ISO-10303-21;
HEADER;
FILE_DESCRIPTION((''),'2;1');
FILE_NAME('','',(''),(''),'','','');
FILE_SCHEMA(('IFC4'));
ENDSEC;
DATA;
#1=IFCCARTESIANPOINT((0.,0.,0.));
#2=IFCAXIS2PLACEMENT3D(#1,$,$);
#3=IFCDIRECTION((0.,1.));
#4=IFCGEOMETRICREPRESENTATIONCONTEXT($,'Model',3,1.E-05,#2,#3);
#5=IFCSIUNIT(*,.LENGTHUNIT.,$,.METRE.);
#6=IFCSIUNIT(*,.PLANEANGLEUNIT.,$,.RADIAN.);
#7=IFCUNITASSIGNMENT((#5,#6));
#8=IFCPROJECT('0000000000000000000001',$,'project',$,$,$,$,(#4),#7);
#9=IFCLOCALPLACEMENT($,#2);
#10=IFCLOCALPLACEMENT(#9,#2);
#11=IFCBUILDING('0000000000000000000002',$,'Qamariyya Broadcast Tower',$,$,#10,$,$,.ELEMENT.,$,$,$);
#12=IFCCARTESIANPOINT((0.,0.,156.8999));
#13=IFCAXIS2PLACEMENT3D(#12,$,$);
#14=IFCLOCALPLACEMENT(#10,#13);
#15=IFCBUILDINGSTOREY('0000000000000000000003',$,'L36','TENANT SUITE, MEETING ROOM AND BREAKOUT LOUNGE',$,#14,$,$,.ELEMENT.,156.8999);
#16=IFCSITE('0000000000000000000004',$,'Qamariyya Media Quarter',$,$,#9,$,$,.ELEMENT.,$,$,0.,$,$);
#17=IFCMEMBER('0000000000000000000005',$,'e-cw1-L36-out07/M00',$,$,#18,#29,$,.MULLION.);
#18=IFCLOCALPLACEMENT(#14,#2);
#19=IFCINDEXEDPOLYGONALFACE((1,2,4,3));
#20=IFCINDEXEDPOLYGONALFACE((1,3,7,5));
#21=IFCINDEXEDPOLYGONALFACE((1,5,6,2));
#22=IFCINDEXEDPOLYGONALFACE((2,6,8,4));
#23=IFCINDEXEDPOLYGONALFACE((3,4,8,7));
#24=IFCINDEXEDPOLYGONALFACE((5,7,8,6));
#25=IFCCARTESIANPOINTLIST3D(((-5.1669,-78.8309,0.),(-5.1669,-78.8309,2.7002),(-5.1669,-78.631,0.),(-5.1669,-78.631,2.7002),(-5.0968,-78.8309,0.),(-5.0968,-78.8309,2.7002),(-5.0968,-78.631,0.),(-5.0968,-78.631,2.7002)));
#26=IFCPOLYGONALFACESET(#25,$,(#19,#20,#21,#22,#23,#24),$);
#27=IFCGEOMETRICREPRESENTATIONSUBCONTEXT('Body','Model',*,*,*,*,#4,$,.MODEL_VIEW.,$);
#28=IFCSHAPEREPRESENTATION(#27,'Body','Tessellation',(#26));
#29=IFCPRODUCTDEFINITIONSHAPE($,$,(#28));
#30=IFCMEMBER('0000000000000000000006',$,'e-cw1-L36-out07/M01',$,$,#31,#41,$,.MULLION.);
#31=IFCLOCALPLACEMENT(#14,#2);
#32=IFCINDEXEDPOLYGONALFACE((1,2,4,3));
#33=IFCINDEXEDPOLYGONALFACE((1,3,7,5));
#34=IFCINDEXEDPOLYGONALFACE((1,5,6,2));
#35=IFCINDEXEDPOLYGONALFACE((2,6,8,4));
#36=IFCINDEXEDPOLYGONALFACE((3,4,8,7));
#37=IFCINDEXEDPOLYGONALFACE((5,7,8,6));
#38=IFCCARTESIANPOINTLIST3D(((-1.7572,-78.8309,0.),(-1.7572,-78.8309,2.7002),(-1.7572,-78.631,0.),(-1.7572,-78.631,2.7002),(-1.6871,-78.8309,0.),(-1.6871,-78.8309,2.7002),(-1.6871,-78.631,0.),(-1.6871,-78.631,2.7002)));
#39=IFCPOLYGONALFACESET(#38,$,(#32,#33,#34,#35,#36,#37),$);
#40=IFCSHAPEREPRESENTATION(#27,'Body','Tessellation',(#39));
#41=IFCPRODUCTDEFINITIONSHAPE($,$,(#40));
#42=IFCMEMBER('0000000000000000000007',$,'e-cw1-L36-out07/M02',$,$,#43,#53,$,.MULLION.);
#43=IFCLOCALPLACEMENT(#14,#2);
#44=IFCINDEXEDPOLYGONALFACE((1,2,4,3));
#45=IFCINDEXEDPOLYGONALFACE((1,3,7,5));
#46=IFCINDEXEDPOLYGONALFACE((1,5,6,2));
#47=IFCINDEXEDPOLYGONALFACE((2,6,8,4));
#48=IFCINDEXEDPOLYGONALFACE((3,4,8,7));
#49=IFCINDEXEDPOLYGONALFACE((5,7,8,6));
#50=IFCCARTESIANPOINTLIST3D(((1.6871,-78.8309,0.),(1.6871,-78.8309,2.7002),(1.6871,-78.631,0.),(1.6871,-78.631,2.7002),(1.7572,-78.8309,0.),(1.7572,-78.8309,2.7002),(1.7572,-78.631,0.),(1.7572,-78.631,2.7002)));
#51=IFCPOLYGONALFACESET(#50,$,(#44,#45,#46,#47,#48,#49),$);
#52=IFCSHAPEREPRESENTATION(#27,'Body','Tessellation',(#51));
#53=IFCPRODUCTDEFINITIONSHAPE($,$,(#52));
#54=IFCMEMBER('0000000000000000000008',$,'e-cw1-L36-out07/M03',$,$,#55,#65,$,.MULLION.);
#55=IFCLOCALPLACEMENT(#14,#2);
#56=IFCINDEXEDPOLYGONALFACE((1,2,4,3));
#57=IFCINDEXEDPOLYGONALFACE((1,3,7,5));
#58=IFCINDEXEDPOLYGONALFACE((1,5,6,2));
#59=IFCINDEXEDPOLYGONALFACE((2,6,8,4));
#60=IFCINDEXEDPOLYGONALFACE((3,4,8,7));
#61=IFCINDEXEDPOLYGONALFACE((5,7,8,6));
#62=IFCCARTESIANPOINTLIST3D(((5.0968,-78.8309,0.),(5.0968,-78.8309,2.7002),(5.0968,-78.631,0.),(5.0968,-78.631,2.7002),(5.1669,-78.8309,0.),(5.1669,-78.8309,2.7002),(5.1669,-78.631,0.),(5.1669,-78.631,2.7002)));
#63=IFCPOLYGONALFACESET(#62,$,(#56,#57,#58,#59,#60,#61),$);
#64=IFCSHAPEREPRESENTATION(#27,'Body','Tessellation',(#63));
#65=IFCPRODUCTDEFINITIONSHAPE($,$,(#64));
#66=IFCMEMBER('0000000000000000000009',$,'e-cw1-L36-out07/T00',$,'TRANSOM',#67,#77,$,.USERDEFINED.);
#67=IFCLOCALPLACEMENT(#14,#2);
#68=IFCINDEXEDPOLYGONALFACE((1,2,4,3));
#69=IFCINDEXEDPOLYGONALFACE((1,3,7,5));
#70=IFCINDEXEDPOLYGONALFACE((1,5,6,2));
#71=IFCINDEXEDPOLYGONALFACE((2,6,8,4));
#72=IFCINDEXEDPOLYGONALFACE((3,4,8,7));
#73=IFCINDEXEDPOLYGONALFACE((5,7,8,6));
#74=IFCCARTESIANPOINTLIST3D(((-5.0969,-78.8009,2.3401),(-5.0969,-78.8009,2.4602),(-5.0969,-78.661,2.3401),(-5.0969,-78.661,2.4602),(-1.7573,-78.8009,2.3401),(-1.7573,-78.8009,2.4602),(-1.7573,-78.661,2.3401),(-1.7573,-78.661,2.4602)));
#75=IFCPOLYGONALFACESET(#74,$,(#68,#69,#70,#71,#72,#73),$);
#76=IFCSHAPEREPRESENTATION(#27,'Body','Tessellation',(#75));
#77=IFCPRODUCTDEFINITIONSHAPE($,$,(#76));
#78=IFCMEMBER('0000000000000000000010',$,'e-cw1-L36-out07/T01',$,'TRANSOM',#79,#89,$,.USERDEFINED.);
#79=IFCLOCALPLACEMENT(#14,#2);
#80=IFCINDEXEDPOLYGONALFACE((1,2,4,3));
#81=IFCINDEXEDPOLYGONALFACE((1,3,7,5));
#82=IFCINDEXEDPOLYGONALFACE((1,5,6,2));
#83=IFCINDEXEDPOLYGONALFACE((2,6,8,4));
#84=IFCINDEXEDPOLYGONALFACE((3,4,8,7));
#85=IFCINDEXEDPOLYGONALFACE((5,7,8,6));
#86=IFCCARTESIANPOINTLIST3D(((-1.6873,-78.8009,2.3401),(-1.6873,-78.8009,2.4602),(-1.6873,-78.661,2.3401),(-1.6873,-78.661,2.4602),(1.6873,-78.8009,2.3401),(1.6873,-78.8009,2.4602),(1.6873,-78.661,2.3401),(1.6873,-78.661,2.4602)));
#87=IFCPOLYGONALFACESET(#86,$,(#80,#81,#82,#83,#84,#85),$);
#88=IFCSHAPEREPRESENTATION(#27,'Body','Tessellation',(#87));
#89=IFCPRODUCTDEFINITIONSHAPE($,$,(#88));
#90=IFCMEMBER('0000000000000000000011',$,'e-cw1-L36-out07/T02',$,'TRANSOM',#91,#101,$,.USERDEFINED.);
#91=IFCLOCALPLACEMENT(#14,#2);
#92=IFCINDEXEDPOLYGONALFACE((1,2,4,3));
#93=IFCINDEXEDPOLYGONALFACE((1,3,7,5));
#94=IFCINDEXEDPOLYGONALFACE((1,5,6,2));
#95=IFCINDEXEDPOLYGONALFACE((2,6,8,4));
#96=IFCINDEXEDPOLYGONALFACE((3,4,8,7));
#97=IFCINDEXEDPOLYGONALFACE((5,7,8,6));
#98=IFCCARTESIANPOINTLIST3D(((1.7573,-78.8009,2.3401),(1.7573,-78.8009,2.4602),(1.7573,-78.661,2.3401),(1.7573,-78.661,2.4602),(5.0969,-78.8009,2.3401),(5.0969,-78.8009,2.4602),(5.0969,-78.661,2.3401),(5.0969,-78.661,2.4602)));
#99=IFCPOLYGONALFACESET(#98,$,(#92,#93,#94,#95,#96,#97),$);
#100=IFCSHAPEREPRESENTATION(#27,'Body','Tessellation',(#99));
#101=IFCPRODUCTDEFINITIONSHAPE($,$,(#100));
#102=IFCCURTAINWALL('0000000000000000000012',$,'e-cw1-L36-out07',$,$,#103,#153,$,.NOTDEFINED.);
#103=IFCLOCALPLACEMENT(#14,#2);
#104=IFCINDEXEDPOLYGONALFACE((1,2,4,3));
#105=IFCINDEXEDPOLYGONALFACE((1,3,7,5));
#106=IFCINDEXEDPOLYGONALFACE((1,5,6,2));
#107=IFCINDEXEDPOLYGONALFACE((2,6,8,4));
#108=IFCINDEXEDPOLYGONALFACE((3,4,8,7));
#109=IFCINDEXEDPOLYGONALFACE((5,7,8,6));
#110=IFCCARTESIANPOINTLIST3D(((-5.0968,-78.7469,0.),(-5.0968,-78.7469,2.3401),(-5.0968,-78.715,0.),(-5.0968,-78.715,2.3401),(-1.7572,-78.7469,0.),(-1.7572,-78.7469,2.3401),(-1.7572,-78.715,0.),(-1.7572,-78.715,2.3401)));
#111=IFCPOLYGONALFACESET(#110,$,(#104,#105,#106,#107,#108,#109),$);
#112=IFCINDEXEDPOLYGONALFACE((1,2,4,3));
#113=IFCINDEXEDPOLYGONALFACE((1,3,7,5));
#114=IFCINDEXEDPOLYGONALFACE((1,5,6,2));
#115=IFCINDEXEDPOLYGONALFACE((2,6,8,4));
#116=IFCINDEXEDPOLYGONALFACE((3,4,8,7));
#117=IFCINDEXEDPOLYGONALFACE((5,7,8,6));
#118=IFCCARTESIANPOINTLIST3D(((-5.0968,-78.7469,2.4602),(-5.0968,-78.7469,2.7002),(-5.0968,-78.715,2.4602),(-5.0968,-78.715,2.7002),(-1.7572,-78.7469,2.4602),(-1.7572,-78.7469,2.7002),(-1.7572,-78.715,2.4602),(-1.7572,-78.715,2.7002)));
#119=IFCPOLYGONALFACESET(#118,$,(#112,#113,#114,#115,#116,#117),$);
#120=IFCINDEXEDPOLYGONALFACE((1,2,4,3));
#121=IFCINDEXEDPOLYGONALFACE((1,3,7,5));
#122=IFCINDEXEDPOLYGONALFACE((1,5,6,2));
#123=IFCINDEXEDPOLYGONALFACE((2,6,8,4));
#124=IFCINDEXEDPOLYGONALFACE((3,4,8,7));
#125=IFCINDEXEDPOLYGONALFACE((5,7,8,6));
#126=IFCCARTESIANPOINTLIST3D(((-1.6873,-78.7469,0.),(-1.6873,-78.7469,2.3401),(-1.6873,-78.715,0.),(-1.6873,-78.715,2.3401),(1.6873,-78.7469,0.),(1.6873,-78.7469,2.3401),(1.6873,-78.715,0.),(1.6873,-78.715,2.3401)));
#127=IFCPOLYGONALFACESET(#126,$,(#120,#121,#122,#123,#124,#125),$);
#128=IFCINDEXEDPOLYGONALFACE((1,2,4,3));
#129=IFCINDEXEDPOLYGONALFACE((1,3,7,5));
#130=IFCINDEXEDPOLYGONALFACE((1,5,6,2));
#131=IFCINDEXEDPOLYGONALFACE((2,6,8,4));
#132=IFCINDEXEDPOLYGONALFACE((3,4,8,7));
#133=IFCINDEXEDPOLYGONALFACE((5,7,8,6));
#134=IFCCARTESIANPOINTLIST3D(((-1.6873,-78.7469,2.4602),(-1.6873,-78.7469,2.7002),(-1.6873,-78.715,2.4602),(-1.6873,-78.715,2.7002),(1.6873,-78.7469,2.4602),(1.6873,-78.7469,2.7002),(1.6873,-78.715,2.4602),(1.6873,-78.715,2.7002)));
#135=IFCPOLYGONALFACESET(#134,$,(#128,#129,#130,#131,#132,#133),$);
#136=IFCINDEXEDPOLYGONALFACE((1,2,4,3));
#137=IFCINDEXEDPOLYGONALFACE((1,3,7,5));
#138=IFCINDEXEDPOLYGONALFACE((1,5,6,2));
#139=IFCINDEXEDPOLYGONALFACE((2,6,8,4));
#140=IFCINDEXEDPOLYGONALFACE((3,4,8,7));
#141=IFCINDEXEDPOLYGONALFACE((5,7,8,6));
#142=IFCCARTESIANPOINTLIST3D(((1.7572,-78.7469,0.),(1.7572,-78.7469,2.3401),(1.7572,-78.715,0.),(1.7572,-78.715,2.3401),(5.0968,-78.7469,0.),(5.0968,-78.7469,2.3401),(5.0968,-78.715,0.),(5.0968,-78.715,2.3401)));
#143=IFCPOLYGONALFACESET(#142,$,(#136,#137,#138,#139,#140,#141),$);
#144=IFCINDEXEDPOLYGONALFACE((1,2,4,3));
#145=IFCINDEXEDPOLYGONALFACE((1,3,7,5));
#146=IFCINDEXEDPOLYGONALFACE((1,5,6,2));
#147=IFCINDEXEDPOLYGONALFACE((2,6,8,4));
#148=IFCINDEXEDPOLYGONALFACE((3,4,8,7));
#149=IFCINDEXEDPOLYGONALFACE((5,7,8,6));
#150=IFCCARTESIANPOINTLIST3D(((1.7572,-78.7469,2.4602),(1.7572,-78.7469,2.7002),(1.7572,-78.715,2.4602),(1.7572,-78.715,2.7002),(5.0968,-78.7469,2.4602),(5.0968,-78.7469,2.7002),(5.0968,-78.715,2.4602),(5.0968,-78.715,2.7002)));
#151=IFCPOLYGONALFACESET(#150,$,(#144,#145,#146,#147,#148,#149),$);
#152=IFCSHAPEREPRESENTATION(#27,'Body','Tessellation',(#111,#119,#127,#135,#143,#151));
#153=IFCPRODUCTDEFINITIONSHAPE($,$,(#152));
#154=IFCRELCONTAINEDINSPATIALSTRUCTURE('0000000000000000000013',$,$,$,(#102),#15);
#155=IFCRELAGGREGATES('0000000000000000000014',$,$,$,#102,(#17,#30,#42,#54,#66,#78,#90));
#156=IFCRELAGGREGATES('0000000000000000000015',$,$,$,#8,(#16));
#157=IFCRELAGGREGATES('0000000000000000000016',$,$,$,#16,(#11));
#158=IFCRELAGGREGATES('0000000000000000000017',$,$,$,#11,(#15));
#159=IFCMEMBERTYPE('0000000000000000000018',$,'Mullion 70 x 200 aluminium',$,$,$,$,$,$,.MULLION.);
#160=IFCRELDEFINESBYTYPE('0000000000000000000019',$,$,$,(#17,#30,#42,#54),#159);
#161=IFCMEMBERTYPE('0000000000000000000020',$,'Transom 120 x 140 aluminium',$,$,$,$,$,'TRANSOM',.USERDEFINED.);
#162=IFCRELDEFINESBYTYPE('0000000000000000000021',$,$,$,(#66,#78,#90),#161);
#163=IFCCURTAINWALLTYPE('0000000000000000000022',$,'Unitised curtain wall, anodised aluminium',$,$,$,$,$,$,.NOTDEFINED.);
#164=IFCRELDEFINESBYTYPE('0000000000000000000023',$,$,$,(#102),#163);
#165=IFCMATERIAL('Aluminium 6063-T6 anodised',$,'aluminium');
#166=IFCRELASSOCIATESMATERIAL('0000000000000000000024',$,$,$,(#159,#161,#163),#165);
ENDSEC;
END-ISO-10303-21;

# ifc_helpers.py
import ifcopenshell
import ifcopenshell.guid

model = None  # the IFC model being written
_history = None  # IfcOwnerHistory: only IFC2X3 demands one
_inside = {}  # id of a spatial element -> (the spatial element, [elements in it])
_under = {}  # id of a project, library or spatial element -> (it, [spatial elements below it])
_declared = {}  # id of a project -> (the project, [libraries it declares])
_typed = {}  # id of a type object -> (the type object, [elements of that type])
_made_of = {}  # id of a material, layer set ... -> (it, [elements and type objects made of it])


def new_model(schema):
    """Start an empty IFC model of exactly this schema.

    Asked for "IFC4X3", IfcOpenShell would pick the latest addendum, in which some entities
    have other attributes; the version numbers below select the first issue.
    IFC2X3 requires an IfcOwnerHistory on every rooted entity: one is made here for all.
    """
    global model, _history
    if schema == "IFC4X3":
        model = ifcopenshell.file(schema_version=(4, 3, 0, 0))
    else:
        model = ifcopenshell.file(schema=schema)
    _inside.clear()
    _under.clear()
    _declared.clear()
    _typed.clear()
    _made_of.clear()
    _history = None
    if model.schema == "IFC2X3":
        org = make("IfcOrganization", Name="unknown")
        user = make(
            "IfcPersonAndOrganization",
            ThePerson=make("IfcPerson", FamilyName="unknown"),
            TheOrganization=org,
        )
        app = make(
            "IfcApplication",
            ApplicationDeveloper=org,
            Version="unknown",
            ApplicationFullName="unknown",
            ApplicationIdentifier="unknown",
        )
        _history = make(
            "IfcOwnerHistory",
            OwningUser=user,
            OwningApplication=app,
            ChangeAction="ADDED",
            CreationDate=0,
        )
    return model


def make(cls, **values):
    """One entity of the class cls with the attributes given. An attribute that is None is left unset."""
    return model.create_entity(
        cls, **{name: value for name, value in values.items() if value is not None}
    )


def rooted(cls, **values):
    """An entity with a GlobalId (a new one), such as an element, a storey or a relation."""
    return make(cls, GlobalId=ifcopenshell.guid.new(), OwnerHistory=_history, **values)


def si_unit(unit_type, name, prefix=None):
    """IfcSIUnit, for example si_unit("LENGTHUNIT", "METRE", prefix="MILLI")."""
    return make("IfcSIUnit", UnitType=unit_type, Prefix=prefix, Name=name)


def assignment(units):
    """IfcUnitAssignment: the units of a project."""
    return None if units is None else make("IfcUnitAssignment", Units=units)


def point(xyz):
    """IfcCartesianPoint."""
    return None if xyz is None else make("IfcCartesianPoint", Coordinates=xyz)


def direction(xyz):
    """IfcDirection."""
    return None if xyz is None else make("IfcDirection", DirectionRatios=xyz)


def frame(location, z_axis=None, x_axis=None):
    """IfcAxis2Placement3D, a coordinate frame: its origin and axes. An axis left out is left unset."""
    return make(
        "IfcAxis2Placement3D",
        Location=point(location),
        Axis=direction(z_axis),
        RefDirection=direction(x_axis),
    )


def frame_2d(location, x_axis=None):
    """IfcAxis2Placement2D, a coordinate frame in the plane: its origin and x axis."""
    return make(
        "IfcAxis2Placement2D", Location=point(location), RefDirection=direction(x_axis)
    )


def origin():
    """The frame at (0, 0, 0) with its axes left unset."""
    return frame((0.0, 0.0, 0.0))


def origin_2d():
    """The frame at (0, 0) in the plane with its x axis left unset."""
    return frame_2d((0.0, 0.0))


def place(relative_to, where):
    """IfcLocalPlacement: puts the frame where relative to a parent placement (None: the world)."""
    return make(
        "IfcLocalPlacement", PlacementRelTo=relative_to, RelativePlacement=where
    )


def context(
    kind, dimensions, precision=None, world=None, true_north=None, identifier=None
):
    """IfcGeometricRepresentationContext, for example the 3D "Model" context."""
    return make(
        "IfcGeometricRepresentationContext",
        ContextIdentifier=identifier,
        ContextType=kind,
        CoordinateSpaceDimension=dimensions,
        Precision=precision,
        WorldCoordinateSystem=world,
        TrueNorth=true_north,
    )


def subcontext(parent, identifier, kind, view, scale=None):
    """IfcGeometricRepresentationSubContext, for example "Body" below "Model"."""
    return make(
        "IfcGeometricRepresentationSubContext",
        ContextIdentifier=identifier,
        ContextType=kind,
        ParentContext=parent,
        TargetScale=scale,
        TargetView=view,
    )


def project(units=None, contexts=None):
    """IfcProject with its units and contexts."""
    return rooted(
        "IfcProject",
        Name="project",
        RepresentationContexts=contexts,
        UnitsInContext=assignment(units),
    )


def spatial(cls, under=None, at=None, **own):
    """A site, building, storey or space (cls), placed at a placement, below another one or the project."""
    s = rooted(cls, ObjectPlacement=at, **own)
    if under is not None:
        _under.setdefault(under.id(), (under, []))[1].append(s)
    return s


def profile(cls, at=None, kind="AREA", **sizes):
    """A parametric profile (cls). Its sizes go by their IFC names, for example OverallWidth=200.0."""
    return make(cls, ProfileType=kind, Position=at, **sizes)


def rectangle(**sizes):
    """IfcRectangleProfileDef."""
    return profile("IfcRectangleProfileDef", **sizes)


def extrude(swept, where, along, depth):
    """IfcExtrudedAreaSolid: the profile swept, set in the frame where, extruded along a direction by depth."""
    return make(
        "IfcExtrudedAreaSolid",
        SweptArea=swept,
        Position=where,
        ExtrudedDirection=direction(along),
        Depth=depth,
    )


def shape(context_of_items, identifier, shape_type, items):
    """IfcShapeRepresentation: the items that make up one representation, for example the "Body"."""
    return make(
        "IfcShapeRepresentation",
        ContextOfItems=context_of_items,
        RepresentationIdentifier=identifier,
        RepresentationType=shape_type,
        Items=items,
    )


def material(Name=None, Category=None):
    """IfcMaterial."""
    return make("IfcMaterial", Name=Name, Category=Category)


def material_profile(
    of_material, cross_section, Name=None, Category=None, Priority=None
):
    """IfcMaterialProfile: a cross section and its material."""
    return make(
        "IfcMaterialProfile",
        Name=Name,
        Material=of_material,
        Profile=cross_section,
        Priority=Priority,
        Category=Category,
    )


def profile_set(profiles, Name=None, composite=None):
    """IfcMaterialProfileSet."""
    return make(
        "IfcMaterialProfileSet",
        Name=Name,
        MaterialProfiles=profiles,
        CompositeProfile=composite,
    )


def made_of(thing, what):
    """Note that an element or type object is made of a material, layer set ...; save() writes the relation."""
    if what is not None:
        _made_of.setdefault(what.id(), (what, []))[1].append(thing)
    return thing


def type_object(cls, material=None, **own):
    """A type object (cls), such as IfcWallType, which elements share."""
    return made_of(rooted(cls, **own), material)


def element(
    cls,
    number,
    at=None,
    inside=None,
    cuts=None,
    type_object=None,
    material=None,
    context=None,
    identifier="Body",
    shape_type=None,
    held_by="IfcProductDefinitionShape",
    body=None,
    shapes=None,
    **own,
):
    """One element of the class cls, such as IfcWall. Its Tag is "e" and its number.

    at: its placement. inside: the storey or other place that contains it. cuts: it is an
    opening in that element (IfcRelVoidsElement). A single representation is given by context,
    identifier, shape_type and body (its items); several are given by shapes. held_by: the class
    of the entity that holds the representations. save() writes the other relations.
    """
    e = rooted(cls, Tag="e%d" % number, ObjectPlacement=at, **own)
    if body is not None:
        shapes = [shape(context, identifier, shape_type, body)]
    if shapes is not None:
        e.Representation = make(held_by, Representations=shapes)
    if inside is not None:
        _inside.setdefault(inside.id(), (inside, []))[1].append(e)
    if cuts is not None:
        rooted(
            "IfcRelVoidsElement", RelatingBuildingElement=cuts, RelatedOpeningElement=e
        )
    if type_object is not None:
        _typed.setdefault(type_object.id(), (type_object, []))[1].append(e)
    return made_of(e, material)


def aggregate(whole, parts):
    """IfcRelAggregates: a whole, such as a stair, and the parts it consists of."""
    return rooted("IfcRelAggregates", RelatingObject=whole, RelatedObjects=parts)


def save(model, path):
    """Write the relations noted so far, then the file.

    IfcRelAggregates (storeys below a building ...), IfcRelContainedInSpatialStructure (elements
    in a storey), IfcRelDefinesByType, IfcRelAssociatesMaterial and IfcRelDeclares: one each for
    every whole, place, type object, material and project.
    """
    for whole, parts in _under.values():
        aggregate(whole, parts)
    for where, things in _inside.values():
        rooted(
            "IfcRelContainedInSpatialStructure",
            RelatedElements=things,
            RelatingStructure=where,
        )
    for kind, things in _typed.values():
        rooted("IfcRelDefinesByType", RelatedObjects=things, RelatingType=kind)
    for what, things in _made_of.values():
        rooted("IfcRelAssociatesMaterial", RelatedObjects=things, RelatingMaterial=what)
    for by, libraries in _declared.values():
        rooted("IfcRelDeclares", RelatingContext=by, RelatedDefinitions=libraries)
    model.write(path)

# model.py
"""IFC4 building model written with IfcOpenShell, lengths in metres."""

from ifc_helpers import new_model, si_unit, direction, frame, origin, origin_2d, place, context, subcontext, project, spatial, rectangle, extrude, material, material_profile, profile_set, type_object, element, aggregate, save


model = new_model("IFC4")

# Units and contexts
model_context = context("Model", 3, precision=1e-05, world=origin(), true_north=direction((0.0, 1.0)))
body_context = subcontext(model_context, "Body", "Model", "MODEL_VIEW")
ifc_project = project(units=[si_unit("LENGTHUNIT", "METRE"), si_unit("PLANEANGLEUNIT", "RADIAN")], contexts=[model_context])

# Members
ifc_material = material(Name="Aluminium 6063-T6 anodised", Category="aluminium")
ifc_material_profile_1 = material_profile(ifc_material, rectangle(XDim=0.2, YDim=0.0701, at=origin_2d()))
ifc_profile_set_1 = profile_set([ifc_material_profile_1], Name="Aluminium 6063-T6 anodised")
member_type_1 = type_object("IfcMemberType", Name="Mullion 70 x 200 aluminium", PredefinedType="MULLION", material=ifc_profile_set_1)
site_placement = place(None, origin())
building_placement = place(site_placement, origin())
storey_placement = place(building_placement, frame((0.0, 0.0, 156.8999)))
member_1_placement = place(storey_placement, frame((-5.1318, -78.731, 0.0), z_axis=(0.0, 0.0, 1.0), x_axis=(0.0, 1.0, 0.0)))
member_1 = element("IfcMember", 1, at=member_1_placement, type_object=member_type_1, Name="e-cw1-L36-out07/M00", PredefinedType="MULLION", context=body_context, shape_type="SweptSolid", body=[
    extrude(rectangle(XDim=0.2, YDim=0.0701, at=origin_2d()), origin(), (0.0, 0.0, 1.0), 2.7002),
])
member_2_placement = place(storey_placement, frame((-1.7222, -78.731, 0.0), z_axis=(0.0, 0.0, 1.0), x_axis=(0.0, 1.0, 0.0)))
member_2 = element("IfcMember", 2, at=member_2_placement, type_object=member_type_1, Name="e-cw1-L36-out07/M01", PredefinedType="MULLION", context=body_context, shape_type="SweptSolid", body=[
    extrude(rectangle(XDim=0.2, YDim=0.0701, at=origin_2d()), origin(), (0.0, 0.0, 1.0), 2.7002),
])
member_3_placement = place(storey_placement, frame((1.7222, -78.731, 0.0), z_axis=(0.0, 0.0, 1.0), x_axis=(0.0, 1.0, 0.0)))
member_3 = element("IfcMember", 3, at=member_3_placement, type_object=member_type_1, Name="e-cw1-L36-out07/M02", PredefinedType="MULLION", context=body_context, shape_type="SweptSolid", body=[
    extrude(rectangle(XDim=0.2, YDim=0.0701, at=origin_2d()), origin(), (0.0, 0.0, 1.0), 2.7002),
])
member_4_placement = place(storey_placement, frame((5.1318, -78.731, 0.0), z_axis=(0.0, 0.0, 1.0), x_axis=(0.0, 1.0, 0.0)))
member_4 = element("IfcMember", 4, at=member_4_placement, type_object=member_type_1, Name="e-cw1-L36-out07/M03", PredefinedType="MULLION", context=body_context, shape_type="SweptSolid", body=[
    extrude(rectangle(XDim=0.2, YDim=0.0701, at=origin_2d()), origin(), (0.0, 0.0, 1.0), 2.7002),
])
ifc_material_profile_2 = material_profile(ifc_material, rectangle(XDim=0.1399, YDim=0.1201, at=origin_2d()))
ifc_profile_set_2 = profile_set([ifc_material_profile_2], Name="Aluminium 6063-T6 anodised")
member_type_2 = type_object("IfcMemberType", Name="Transom 120 x 140 aluminium", ElementType="TRANSOM", PredefinedType="USERDEFINED", material=ifc_profile_set_2)
member_5_placement = place(storey_placement, frame((-5.0969, -78.731, 2.4001), z_axis=(1.0, 0.0, 0.0), x_axis=(0.0, 1.0, 0.0)))
member_5 = element("IfcMember", 5, at=member_5_placement, type_object=member_type_2, Name="e-cw1-L36-out07/T00", ObjectType="TRANSOM", PredefinedType="USERDEFINED", context=body_context, shape_type="SweptSolid", body=[
    extrude(rectangle(XDim=0.1399, YDim=0.1201, at=origin_2d()), origin(), (0.0, 0.0, 1.0), 3.3396),
])
member_6_placement = place(storey_placement, frame((-1.6873, -78.731, 2.4001), z_axis=(1.0, 0.0, 0.0), x_axis=(0.0, 1.0, 0.0)))
member_6 = element("IfcMember", 6, at=member_6_placement, type_object=member_type_2, Name="e-cw1-L36-out07/T01", ObjectType="TRANSOM", PredefinedType="USERDEFINED", context=body_context, shape_type="SweptSolid", body=[
    extrude(rectangle(XDim=0.1399, YDim=0.1201, at=origin_2d()), origin(), (0.0, 0.0, 1.0), 3.3745),
])
member_7_placement = place(storey_placement, frame((1.7573, -78.731, 2.4001), z_axis=(1.0, 0.0, 0.0), x_axis=(0.0, 1.0, 0.0)))
member_7 = element("IfcMember", 7, at=member_7_placement, type_object=member_type_2, Name="e-cw1-L36-out07/T02", ObjectType="TRANSOM", PredefinedType="USERDEFINED", context=body_context, shape_type="SweptSolid", body=[
    extrude(rectangle(XDim=0.1399, YDim=0.1201, at=origin_2d()), origin(), (0.0, 0.0, 1.0), 3.3396),
])

# Site, building, storey
site = spatial("IfcSite", under=ifc_project, at=site_placement, Name="Qamariyya Media Quarter", CompositionType="ELEMENT", RefElevation=0.0)
building = spatial("IfcBuilding", under=site, at=building_placement, Name="Qamariyya Broadcast Tower", CompositionType="ELEMENT")
storey = spatial("IfcBuildingStorey", under=building, at=storey_placement, Name="L36", Description="TENANT SUITE, MEETING ROOM AND BREAKOUT LOUNGE", CompositionType="ELEMENT", Elevation=156.8999)

# Curtain wall
curtain_wall_type = type_object("IfcCurtainWallType", Name="Unitised curtain wall, anodised aluminium", PredefinedType="NOTDEFINED", material=ifc_material)
curtain_wall_1_placement = place(storey_placement, origin())
curtain_wall_1 = element("IfcCurtainWall", 8, at=curtain_wall_1_placement, inside=storey, type_object=curtain_wall_type, Name="e-cw1-L36-out07", PredefinedType="NOTDEFINED", context=body_context, shape_type="SweptSolid", body=[
    extrude(rectangle(XDim=3.3396, YDim=0.032, at=origin_2d()), frame((-3.427, -78.731, 0.0), x_axis=(1.0, 0.0, 0.0)), (0.0, 0.0, 1.0), 2.3401),
    extrude(rectangle(XDim=3.3396, YDim=0.032, at=origin_2d()), frame((-3.427, -78.731, 2.4602), x_axis=(1.0, 0.0, 0.0)), (0.0, 0.0, 1.0), 0.24),
    extrude(rectangle(XDim=3.3745, YDim=0.032, at=origin_2d()), frame((0.0, -78.731, 0.0), x_axis=(1.0, 0.0, 0.0)), (0.0, 0.0, 1.0), 2.3401),
    extrude(rectangle(XDim=3.3745, YDim=0.032, at=origin_2d()), frame((0.0, -78.731, 2.4602), x_axis=(1.0, 0.0, 0.0)), (0.0, 0.0, 1.0), 0.24),
    extrude(rectangle(XDim=3.3396, YDim=0.032, at=origin_2d()), frame((3.427, -78.731, 0.0), x_axis=(1.0, 0.0, 0.0)), (0.0, 0.0, 1.0), 2.3401),
    extrude(rectangle(XDim=3.3396, YDim=0.032, at=origin_2d()), frame((3.427, -78.731, 2.4602), x_axis=(1.0, 0.0, 0.0)), (0.0, 0.0, 1.0), 0.24),
])
aggregate(curtain_wall_1, [member_1, member_2, member_3, member_4, member_5, member_6, member_7])

save(model, "model.ifc")
